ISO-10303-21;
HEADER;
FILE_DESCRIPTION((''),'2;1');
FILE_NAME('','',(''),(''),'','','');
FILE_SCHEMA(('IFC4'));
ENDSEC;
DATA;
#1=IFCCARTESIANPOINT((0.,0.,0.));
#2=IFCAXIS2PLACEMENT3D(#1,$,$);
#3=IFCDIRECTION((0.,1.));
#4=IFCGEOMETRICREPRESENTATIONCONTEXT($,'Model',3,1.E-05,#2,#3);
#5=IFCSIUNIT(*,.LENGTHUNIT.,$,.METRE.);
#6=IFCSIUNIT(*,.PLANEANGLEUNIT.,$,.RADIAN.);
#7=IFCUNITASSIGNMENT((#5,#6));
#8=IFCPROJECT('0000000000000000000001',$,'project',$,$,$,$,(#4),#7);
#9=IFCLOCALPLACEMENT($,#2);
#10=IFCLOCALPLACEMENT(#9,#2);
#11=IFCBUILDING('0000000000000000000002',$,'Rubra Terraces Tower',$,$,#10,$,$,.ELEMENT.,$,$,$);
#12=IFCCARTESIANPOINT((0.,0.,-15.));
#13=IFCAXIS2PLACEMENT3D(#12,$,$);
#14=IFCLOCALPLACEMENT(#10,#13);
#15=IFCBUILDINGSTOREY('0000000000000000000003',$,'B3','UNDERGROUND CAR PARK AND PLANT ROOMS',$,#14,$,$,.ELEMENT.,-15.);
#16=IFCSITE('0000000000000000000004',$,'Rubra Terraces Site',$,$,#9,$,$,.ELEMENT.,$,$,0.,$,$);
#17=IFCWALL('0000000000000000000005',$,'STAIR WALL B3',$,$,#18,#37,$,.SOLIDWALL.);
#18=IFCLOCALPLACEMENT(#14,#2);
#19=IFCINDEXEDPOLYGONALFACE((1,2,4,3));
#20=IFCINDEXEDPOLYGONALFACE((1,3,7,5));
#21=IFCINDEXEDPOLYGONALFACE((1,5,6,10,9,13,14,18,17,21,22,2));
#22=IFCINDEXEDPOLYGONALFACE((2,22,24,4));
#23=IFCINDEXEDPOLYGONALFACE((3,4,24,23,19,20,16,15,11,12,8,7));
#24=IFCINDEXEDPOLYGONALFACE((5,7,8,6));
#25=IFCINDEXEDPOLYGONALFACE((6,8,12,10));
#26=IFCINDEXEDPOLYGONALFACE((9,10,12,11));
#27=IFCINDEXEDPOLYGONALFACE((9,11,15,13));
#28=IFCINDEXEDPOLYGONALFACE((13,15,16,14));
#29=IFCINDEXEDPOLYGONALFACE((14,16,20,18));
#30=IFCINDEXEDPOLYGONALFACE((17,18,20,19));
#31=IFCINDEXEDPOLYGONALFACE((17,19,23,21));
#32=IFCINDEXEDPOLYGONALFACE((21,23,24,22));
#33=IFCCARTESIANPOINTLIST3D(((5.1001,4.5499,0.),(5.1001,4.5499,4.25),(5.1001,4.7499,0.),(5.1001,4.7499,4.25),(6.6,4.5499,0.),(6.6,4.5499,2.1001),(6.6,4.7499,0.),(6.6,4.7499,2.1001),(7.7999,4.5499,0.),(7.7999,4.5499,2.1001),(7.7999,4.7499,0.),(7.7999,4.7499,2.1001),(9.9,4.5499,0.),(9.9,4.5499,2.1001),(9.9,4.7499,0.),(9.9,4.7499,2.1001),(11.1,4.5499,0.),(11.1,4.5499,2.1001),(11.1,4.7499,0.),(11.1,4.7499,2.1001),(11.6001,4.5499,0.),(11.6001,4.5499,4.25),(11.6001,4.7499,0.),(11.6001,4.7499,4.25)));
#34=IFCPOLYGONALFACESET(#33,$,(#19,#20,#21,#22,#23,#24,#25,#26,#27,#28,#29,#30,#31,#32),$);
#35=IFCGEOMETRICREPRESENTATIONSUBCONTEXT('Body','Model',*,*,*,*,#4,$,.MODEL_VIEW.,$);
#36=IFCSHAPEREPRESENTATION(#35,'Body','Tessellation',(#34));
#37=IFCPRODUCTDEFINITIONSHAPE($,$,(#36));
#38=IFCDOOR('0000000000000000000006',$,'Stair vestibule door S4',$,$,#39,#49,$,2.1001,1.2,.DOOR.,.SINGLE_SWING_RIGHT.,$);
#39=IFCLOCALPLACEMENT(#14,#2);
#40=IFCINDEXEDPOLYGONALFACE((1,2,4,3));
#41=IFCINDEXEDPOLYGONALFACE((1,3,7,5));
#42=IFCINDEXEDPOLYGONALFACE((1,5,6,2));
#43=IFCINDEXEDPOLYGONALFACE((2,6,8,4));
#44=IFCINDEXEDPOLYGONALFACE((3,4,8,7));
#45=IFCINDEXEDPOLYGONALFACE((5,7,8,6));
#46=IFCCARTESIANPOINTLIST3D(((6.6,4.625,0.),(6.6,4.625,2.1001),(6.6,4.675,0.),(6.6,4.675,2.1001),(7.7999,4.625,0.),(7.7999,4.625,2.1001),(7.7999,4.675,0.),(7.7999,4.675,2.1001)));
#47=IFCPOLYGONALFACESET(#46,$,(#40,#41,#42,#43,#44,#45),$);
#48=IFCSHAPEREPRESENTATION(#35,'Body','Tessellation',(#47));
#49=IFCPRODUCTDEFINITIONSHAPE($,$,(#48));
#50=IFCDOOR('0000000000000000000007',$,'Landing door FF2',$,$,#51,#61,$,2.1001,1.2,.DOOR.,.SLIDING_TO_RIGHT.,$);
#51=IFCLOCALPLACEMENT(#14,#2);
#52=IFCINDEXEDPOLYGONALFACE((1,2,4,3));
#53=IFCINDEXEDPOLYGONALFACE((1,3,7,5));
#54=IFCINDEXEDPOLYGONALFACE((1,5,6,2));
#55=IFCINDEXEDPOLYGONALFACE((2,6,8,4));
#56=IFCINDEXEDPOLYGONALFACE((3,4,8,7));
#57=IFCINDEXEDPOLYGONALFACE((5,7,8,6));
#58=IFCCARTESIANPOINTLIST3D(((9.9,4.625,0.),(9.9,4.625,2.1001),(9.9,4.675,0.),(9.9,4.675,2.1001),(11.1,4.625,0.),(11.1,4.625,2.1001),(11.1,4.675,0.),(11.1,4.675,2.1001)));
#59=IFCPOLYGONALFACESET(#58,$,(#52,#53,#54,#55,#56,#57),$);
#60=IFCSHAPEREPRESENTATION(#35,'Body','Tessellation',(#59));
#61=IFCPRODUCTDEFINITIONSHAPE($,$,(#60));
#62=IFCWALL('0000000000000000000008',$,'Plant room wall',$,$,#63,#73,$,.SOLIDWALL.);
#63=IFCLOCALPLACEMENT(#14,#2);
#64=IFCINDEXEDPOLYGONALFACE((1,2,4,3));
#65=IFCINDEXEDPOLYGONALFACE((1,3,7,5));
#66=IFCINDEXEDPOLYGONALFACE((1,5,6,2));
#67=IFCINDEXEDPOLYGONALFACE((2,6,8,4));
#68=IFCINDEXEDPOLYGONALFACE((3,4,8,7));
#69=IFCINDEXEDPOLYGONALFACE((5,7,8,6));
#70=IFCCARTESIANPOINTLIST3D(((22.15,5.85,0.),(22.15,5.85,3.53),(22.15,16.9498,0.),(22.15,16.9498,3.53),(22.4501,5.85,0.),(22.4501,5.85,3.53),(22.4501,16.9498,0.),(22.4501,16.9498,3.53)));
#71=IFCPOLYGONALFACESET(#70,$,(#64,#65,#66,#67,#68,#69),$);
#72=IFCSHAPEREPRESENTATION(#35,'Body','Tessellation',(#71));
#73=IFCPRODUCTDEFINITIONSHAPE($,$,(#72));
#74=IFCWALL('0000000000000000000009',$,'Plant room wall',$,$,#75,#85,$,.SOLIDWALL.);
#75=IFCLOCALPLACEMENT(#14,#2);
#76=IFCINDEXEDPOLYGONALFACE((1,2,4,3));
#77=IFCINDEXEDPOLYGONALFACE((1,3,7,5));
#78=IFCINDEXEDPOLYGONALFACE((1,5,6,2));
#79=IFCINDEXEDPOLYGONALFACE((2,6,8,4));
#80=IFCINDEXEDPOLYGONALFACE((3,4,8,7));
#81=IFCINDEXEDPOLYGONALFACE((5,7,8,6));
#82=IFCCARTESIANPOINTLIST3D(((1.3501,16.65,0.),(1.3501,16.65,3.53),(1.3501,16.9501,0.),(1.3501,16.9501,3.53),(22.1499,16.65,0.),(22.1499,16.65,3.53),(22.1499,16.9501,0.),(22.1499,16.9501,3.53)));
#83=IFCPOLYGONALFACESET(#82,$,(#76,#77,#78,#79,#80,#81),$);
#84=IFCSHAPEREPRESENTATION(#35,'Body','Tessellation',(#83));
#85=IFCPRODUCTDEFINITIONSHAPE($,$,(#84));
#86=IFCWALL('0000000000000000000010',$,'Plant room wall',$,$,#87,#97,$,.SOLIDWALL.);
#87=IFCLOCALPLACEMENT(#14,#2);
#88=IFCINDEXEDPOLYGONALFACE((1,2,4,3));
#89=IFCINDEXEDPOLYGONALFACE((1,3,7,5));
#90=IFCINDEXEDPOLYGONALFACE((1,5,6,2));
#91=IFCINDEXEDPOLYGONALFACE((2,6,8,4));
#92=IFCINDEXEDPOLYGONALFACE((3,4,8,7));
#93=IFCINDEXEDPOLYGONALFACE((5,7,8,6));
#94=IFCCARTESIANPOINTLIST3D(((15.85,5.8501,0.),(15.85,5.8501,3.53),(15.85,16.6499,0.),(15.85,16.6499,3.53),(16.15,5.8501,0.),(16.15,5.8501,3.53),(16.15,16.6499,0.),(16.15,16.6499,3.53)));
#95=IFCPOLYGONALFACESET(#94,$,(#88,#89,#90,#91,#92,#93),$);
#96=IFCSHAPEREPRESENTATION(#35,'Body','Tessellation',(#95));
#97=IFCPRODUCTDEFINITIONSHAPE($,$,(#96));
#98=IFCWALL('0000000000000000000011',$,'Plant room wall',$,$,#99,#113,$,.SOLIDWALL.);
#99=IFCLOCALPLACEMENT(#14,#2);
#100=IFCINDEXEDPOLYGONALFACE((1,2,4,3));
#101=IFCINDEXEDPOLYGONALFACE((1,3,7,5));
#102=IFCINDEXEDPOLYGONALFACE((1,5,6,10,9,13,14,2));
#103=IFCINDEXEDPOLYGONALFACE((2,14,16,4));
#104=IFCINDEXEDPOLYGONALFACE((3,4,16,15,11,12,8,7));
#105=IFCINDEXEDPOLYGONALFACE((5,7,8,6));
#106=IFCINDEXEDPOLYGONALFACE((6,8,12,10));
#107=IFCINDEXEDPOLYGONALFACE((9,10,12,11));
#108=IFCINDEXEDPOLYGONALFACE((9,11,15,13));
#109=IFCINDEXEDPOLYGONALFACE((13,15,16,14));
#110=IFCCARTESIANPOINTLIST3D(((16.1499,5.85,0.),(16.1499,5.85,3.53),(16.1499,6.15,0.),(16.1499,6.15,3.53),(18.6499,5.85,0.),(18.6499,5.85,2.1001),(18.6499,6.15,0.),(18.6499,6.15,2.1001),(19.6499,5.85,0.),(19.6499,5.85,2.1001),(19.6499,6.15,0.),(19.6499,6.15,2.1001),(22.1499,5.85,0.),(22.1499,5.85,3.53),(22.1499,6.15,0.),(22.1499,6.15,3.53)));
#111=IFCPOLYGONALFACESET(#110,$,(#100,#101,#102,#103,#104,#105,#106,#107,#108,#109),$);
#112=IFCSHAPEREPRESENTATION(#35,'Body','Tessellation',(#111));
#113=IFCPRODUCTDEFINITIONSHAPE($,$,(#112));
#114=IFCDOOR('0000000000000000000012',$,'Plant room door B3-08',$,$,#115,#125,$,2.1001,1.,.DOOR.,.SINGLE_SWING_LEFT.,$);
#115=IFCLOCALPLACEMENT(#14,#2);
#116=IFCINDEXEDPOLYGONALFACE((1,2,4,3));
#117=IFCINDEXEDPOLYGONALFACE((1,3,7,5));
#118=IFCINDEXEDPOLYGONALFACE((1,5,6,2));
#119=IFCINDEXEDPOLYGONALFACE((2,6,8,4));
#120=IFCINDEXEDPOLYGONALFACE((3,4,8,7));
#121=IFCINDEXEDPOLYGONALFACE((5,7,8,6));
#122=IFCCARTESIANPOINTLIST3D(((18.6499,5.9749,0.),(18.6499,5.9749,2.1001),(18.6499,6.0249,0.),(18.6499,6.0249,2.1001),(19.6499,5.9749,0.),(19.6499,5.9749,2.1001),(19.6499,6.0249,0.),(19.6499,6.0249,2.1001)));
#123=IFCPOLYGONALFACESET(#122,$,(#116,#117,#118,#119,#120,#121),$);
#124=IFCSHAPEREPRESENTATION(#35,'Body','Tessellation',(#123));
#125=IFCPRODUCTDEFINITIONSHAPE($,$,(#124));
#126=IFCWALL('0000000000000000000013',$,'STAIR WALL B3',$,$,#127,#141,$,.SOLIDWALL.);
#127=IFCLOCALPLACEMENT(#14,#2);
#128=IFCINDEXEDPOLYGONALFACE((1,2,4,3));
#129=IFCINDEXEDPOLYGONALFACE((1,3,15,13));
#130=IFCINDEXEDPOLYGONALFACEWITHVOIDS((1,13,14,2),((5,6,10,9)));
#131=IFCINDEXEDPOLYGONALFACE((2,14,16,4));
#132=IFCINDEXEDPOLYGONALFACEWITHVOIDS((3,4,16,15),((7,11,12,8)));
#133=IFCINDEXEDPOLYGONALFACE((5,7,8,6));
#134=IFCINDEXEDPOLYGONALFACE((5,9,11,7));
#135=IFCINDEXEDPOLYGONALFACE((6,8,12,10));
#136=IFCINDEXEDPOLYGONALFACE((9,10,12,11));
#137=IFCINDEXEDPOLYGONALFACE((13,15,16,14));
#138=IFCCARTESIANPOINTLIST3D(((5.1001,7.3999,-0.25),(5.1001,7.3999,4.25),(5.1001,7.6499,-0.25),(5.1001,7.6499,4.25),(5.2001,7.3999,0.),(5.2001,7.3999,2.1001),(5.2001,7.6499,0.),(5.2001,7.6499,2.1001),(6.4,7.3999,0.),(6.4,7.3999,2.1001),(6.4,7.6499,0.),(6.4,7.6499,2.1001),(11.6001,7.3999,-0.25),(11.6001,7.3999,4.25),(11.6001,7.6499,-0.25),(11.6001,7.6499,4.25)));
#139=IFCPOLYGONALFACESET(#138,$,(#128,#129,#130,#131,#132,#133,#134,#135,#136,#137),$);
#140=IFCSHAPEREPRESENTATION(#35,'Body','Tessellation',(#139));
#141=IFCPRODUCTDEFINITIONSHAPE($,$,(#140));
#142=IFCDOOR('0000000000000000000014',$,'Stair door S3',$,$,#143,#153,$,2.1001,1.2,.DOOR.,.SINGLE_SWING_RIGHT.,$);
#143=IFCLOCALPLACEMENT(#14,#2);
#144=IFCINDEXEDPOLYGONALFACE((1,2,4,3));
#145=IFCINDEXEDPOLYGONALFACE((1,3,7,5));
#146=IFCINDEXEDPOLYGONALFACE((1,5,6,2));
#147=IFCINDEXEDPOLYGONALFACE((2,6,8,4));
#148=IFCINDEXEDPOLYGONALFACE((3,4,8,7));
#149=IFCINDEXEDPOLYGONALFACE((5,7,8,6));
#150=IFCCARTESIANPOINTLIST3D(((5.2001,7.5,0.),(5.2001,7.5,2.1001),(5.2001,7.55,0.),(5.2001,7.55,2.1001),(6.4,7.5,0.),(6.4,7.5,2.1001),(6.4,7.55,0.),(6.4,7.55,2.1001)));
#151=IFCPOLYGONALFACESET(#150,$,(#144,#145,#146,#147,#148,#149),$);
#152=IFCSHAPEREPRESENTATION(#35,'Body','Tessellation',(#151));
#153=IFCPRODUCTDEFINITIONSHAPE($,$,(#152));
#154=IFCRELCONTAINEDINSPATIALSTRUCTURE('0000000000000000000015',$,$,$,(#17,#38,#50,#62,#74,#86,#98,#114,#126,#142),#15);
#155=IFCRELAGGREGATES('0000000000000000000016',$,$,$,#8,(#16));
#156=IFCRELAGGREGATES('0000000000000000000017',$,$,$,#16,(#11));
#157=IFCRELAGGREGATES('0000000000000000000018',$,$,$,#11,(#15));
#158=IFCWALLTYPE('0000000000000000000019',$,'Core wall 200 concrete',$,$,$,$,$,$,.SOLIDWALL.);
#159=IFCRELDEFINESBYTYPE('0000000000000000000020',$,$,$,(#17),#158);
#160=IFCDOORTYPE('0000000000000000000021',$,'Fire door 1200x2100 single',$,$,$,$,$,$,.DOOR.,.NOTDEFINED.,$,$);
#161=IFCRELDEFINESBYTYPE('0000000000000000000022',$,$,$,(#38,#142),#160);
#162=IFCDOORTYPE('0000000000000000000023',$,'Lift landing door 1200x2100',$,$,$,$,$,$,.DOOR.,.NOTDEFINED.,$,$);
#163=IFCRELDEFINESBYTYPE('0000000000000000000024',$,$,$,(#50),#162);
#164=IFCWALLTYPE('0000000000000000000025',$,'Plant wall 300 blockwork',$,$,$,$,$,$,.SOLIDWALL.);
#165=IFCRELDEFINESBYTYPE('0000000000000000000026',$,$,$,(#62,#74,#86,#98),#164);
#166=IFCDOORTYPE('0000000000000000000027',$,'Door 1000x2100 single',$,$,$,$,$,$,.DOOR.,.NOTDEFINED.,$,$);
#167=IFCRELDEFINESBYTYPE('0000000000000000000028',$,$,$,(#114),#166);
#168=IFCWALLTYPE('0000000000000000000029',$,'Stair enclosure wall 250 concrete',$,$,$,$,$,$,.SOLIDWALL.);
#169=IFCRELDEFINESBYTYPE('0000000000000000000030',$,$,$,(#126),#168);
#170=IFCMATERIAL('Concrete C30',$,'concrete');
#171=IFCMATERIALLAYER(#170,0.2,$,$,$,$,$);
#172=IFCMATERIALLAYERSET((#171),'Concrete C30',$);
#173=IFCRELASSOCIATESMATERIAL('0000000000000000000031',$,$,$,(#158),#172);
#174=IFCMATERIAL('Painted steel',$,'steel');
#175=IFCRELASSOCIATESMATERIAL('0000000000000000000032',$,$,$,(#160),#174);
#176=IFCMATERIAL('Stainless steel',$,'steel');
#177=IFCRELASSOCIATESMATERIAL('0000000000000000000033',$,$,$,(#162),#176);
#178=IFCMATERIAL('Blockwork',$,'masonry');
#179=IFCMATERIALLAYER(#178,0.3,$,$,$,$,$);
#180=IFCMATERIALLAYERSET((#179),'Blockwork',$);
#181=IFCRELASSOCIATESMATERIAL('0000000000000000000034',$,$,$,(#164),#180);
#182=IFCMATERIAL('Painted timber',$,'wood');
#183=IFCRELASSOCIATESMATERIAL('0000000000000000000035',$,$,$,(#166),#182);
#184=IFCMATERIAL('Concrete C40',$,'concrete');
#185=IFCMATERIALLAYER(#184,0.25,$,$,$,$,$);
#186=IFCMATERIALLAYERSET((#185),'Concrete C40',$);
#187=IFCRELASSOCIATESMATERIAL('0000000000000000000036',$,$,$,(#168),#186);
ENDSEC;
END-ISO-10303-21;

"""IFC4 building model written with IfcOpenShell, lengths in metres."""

from ifc_helpers import new_model, si_unit, direction, frame, frame_2d, origin, place, context, subcontext, project, spatial, rectangle, extrude, material, layer, layer_set, type_object, element, fill, save


model = new_model("IFC4")

# Units and contexts
model_context = context("Model", 3, precision=1e-05, world=origin(), true_north=direction((0.0, 1.0)))
body_context = subcontext(model_context, "Body", "Model", "MODEL_VIEW")
ifc_project = project(units=[si_unit("LENGTHUNIT", "METRE"), si_unit("PLANEANGLEUNIT", "RADIAN")], contexts=[model_context])

# Site, building, storey
site_placement = place(None, origin())
site = spatial("IfcSite", under=ifc_project, at=site_placement, Name="Rubra Terraces Site", CompositionType="ELEMENT", RefElevation=0.0)
building_placement = place(site_placement, origin())
building = spatial("IfcBuilding", under=site, at=building_placement, Name="Rubra Terraces Tower", CompositionType="ELEMENT")
storey_placement = place(building_placement, frame((0.0, 0.0, -15.0)))
storey = spatial("IfcBuildingStorey", under=building, at=storey_placement, Name="B3", Description="UNDERGROUND CAR PARK AND PLANT ROOMS", CompositionType="ELEMENT", Elevation=-15.0)

# Shared definitions
ifc_material_1 = material(Name="Concrete C40", Category="concrete")

# Wall, openings, doors
ifc_material_2 = material(Name="Concrete C30", Category="concrete")
ifc_layer_1 = layer(ifc_material_2, 0.2)
ifc_layer_set_1 = layer_set([ifc_layer_1], Name="Concrete C30")
wall_type_1 = type_object("IfcWallType", Name="Core wall 200 concrete", PredefinedType="SOLIDWALL", material=ifc_layer_set_1)
wall_1_placement = place(storey_placement, frame((11.6001, 4.6499, 0.0), z_axis=(0.0, 0.0, 1.0), x_axis=(-1.0, 0.0, 0.0)))
wall_1 = element("IfcWall", 1, at=wall_1_placement, inside=storey, type_object=wall_type_1, Name="STAIR WALL B3", PredefinedType="SOLIDWALL", context=body_context, shape_type="SweptSolid", body=[
    extrude(rectangle(XDim=6.5, YDim=0.2, at=frame_2d((3.25, 0.0))), origin(), (0.0, 0.0, 1.0), 4.25),
])
opening_1_placement = place(wall_1_placement, frame((3.8, 0.0, 0.0)))
opening_1 = element("IfcOpeningElement", 2, at=opening_1_placement, cuts=wall_1, PredefinedType="OPENING", context=body_context, shape_type="SweptSolid", body=[
    extrude(rectangle(XDim=1.2, YDim=2.1001, at=frame_2d((0.6001, 1.05))), frame((0.0, 0.1099, 0.0), z_axis=(0.0, -1.0, 0.0), x_axis=(1.0, 0.0, 0.0)), (0.0, 0.0, 1.0), 0.22),
])
opening_2_placement = place(wall_1_placement, frame((0.5, 0.0, 0.0)))
opening_2 = element("IfcOpeningElement", 3, at=opening_2_placement, cuts=wall_1, PredefinedType="OPENING", context=body_context, shape_type="SweptSolid", body=[
    extrude(rectangle(XDim=1.2, YDim=2.1001, at=frame_2d((0.6001, 1.05))), frame((0.0, 0.1099, 0.0), z_axis=(0.0, -1.0, 0.0), x_axis=(1.0, 0.0, 0.0)), (0.0, 0.0, 1.0), 0.22),
])
ifc_material_3 = material(Name="Painted steel", Category="steel")
door_type_1 = type_object("IfcDoorType", Name="Fire door 1200x2100 single", OperationType="NOTDEFINED", PredefinedType="DOOR", material=ifc_material_3)
door_1_placement = place(opening_1_placement, origin())
door_1 = element("IfcDoor", 4, at=door_1_placement, inside=storey, type_object=door_type_1, Name="Stair vestibule door S4", OperationType="SINGLE_SWING_RIGHT", OverallHeight=2.1001, OverallWidth=1.2, PredefinedType="DOOR", context=body_context, shape_type="SweptSolid", body=[
    extrude(rectangle(XDim=1.2, YDim=2.1001, at=frame_2d((0.6001, 1.05))), frame((0.0, 0.0249, 0.0), z_axis=(0.0, -1.0, 0.0), x_axis=(1.0, 0.0, 0.0)), (0.0, 0.0, 1.0), 0.05),
])
fill(opening_1, door_1)
ifc_material_4 = material(Name="Stainless steel", Category="steel")
door_type_2 = type_object("IfcDoorType", Name="Lift landing door 1200x2100", OperationType="NOTDEFINED", PredefinedType="DOOR", material=ifc_material_4)
door_2_placement = place(opening_2_placement, origin())
door_2 = element("IfcDoor", 5, at=door_2_placement, inside=storey, type_object=door_type_2, Name="Landing door FF2", OperationType="SLIDING_TO_RIGHT", OverallHeight=2.1001, OverallWidth=1.2, PredefinedType="DOOR", context=body_context, shape_type="SweptSolid", body=[
    extrude(rectangle(XDim=1.2, YDim=2.1001, at=frame_2d((0.6001, 1.05))), frame((0.0, 0.0249, 0.0), z_axis=(0.0, -1.0, 0.0), x_axis=(1.0, 0.0, 0.0)), (0.0, 0.0, 1.0), 0.05),
])
fill(opening_2, door_2)

# Walls
ifc_material_5 = material(Name="Blockwork", Category="masonry")
ifc_layer_2 = layer(ifc_material_5, 0.3)
ifc_layer_set_2 = layer_set([ifc_layer_2], Name="Blockwork")
wall_type_2 = type_object("IfcWallType", Name="Plant wall 300 blockwork", PredefinedType="SOLIDWALL", material=ifc_layer_set_2)
wall_2_placement = place(storey_placement, frame((22.3, 5.8501, 0.0), z_axis=(0.0, 0.0, 1.0), x_axis=(0.0, 1.0, 0.0)))
element("IfcWall", 6, at=wall_2_placement, inside=storey, type_object=wall_type_2, Name="Plant room wall", PredefinedType="SOLIDWALL", context=body_context, shape_type="SweptSolid", body=[
    extrude(rectangle(XDim=11.0999, YDim=0.3, at=frame_2d((5.5498, 0.0))), origin(), (0.0, 0.0, 1.0), 3.53),
])
wall_3_placement = place(storey_placement, frame((22.1499, 16.8, 0.0), z_axis=(0.0, 0.0, 1.0), x_axis=(-1.0, 0.0, 0.0)))
element("IfcWall", 7, at=wall_3_placement, inside=storey, type_object=wall_type_2, Name="Plant room wall", PredefinedType="SOLIDWALL", context=body_context, shape_type="SweptSolid", body=[
    extrude(rectangle(XDim=20.7998, YDim=0.3, at=frame_2d((10.3999, 0.0))), origin(), (0.0, 0.0, 1.0), 3.53),
])
wall_4_placement = place(storey_placement, frame((16.0, 16.6499, 0.0), z_axis=(0.0, 0.0, 1.0), x_axis=(0.0, -1.0, 0.0)))
element("IfcWall", 8, at=wall_4_placement, inside=storey, type_object=wall_type_2, Name="Plant room wall", PredefinedType="SOLIDWALL", context=body_context, shape_type="SweptSolid", body=[
    extrude(rectangle(XDim=10.7998, YDim=0.3, at=frame_2d((5.3999, 0.0))), origin(), (0.0, 0.0, 1.0), 3.53),
])

# Walls, openings, doors
wall_5_placement = place(storey_placement, frame((16.1499, 6.0, 0.0), z_axis=(0.0, 0.0, 1.0), x_axis=(1.0, 0.0, 0.0)))
wall_5 = element("IfcWall", 9, at=wall_5_placement, inside=storey, type_object=wall_type_2, Name="Plant room wall", PredefinedType="SOLIDWALL", context=body_context, shape_type="SweptSolid", body=[
    extrude(rectangle(XDim=6.0, YDim=0.3, at=frame_2d((3.0, 0.0))), origin(), (0.0, 0.0, 1.0), 3.53),
])
opening_3_placement = place(wall_5_placement, frame((2.5, 0.0, 0.0)))
opening_3 = element("IfcOpeningElement", 10, at=opening_3_placement, cuts=wall_5, PredefinedType="OPENING", context=body_context, shape_type="SweptSolid", body=[
    extrude(rectangle(XDim=1.0, YDim=2.1001, at=frame_2d((0.5, 1.05))), frame((0.0, 0.1599, 0.0), z_axis=(0.0, -1.0, 0.0), x_axis=(1.0, 0.0, 0.0)), (0.0, 0.0, 1.0), 0.3201),
])
ifc_material_6 = material(Name="Painted timber", Category="wood")
door_type_3 = type_object("IfcDoorType", Name="Door 1000x2100 single", OperationType="NOTDEFINED", PredefinedType="DOOR", material=ifc_material_6)
door_3_placement = place(opening_3_placement, origin())
door_3 = element("IfcDoor", 11, at=door_3_placement, inside=storey, type_object=door_type_3, Name="Plant room door B3-08", OperationType="SINGLE_SWING_LEFT", OverallHeight=2.1001, OverallWidth=1.0, PredefinedType="DOOR", context=body_context, shape_type="SweptSolid", body=[
    extrude(rectangle(XDim=1.0, YDim=2.1001, at=frame_2d((0.5, 1.05))), frame((0.0, 0.0249, 0.0), z_axis=(0.0, -1.0, 0.0), x_axis=(1.0, 0.0, 0.0)), (0.0, 0.0, 1.0), 0.05),
])
fill(opening_3, door_3)
ifc_layer_3 = layer(ifc_material_1, 0.25)
ifc_layer_set_3 = layer_set([ifc_layer_3], Name="Concrete C40")
wall_type_3 = type_object("IfcWallType", Name="Stair enclosure wall 250 concrete", PredefinedType="SOLIDWALL", material=ifc_layer_set_3)
wall_6_placement = place(storey_placement, frame((11.6001, 7.5249, -0.25), z_axis=(0.0, 0.0, 1.0), x_axis=(-1.0, 0.0, 0.0)))
wall_6 = element("IfcWall", 12, at=wall_6_placement, inside=storey, type_object=wall_type_3, Name="STAIR WALL B3", PredefinedType="SOLIDWALL", context=body_context, shape_type="SweptSolid", body=[
    extrude(rectangle(XDim=6.5, YDim=0.25, at=frame_2d((3.25, 0.0))), origin(), (0.0, 0.0, 1.0), 4.5),
])
opening_4_placement = place(wall_6_placement, frame((5.2, 0.0, 0.25)))
opening_4 = element("IfcOpeningElement", 13, at=opening_4_placement, cuts=wall_6, PredefinedType="OPENING", context=body_context, shape_type="SweptSolid", body=[
    extrude(rectangle(XDim=1.2, YDim=2.1001, at=frame_2d((0.6001, 1.05))), frame((0.0, 0.135, 0.0), z_axis=(0.0, -1.0, 0.0), x_axis=(1.0, 0.0, 0.0)), (0.0, 0.0, 1.0), 0.27),
])
door_4_placement = place(opening_4_placement, origin())
door_4 = element("IfcDoor", 14, at=door_4_placement, inside=storey, type_object=door_type_1, Name="Stair door S3", OperationType="SINGLE_SWING_RIGHT", OverallHeight=2.1001, OverallWidth=1.2, PredefinedType="DOOR", context=body_context, shape_type="SweptSolid", body=[
    extrude(rectangle(XDim=1.2, YDim=2.1001, at=frame_2d((0.6001, 1.05))), frame((0.0, 0.0249, 0.0), z_axis=(0.0, -1.0, 0.0), x_axis=(1.0, 0.0, 0.0)), (0.0, 0.0, 1.0), 0.05),
])
fill(opening_4, door_4)

save(model, "model.ifc")
